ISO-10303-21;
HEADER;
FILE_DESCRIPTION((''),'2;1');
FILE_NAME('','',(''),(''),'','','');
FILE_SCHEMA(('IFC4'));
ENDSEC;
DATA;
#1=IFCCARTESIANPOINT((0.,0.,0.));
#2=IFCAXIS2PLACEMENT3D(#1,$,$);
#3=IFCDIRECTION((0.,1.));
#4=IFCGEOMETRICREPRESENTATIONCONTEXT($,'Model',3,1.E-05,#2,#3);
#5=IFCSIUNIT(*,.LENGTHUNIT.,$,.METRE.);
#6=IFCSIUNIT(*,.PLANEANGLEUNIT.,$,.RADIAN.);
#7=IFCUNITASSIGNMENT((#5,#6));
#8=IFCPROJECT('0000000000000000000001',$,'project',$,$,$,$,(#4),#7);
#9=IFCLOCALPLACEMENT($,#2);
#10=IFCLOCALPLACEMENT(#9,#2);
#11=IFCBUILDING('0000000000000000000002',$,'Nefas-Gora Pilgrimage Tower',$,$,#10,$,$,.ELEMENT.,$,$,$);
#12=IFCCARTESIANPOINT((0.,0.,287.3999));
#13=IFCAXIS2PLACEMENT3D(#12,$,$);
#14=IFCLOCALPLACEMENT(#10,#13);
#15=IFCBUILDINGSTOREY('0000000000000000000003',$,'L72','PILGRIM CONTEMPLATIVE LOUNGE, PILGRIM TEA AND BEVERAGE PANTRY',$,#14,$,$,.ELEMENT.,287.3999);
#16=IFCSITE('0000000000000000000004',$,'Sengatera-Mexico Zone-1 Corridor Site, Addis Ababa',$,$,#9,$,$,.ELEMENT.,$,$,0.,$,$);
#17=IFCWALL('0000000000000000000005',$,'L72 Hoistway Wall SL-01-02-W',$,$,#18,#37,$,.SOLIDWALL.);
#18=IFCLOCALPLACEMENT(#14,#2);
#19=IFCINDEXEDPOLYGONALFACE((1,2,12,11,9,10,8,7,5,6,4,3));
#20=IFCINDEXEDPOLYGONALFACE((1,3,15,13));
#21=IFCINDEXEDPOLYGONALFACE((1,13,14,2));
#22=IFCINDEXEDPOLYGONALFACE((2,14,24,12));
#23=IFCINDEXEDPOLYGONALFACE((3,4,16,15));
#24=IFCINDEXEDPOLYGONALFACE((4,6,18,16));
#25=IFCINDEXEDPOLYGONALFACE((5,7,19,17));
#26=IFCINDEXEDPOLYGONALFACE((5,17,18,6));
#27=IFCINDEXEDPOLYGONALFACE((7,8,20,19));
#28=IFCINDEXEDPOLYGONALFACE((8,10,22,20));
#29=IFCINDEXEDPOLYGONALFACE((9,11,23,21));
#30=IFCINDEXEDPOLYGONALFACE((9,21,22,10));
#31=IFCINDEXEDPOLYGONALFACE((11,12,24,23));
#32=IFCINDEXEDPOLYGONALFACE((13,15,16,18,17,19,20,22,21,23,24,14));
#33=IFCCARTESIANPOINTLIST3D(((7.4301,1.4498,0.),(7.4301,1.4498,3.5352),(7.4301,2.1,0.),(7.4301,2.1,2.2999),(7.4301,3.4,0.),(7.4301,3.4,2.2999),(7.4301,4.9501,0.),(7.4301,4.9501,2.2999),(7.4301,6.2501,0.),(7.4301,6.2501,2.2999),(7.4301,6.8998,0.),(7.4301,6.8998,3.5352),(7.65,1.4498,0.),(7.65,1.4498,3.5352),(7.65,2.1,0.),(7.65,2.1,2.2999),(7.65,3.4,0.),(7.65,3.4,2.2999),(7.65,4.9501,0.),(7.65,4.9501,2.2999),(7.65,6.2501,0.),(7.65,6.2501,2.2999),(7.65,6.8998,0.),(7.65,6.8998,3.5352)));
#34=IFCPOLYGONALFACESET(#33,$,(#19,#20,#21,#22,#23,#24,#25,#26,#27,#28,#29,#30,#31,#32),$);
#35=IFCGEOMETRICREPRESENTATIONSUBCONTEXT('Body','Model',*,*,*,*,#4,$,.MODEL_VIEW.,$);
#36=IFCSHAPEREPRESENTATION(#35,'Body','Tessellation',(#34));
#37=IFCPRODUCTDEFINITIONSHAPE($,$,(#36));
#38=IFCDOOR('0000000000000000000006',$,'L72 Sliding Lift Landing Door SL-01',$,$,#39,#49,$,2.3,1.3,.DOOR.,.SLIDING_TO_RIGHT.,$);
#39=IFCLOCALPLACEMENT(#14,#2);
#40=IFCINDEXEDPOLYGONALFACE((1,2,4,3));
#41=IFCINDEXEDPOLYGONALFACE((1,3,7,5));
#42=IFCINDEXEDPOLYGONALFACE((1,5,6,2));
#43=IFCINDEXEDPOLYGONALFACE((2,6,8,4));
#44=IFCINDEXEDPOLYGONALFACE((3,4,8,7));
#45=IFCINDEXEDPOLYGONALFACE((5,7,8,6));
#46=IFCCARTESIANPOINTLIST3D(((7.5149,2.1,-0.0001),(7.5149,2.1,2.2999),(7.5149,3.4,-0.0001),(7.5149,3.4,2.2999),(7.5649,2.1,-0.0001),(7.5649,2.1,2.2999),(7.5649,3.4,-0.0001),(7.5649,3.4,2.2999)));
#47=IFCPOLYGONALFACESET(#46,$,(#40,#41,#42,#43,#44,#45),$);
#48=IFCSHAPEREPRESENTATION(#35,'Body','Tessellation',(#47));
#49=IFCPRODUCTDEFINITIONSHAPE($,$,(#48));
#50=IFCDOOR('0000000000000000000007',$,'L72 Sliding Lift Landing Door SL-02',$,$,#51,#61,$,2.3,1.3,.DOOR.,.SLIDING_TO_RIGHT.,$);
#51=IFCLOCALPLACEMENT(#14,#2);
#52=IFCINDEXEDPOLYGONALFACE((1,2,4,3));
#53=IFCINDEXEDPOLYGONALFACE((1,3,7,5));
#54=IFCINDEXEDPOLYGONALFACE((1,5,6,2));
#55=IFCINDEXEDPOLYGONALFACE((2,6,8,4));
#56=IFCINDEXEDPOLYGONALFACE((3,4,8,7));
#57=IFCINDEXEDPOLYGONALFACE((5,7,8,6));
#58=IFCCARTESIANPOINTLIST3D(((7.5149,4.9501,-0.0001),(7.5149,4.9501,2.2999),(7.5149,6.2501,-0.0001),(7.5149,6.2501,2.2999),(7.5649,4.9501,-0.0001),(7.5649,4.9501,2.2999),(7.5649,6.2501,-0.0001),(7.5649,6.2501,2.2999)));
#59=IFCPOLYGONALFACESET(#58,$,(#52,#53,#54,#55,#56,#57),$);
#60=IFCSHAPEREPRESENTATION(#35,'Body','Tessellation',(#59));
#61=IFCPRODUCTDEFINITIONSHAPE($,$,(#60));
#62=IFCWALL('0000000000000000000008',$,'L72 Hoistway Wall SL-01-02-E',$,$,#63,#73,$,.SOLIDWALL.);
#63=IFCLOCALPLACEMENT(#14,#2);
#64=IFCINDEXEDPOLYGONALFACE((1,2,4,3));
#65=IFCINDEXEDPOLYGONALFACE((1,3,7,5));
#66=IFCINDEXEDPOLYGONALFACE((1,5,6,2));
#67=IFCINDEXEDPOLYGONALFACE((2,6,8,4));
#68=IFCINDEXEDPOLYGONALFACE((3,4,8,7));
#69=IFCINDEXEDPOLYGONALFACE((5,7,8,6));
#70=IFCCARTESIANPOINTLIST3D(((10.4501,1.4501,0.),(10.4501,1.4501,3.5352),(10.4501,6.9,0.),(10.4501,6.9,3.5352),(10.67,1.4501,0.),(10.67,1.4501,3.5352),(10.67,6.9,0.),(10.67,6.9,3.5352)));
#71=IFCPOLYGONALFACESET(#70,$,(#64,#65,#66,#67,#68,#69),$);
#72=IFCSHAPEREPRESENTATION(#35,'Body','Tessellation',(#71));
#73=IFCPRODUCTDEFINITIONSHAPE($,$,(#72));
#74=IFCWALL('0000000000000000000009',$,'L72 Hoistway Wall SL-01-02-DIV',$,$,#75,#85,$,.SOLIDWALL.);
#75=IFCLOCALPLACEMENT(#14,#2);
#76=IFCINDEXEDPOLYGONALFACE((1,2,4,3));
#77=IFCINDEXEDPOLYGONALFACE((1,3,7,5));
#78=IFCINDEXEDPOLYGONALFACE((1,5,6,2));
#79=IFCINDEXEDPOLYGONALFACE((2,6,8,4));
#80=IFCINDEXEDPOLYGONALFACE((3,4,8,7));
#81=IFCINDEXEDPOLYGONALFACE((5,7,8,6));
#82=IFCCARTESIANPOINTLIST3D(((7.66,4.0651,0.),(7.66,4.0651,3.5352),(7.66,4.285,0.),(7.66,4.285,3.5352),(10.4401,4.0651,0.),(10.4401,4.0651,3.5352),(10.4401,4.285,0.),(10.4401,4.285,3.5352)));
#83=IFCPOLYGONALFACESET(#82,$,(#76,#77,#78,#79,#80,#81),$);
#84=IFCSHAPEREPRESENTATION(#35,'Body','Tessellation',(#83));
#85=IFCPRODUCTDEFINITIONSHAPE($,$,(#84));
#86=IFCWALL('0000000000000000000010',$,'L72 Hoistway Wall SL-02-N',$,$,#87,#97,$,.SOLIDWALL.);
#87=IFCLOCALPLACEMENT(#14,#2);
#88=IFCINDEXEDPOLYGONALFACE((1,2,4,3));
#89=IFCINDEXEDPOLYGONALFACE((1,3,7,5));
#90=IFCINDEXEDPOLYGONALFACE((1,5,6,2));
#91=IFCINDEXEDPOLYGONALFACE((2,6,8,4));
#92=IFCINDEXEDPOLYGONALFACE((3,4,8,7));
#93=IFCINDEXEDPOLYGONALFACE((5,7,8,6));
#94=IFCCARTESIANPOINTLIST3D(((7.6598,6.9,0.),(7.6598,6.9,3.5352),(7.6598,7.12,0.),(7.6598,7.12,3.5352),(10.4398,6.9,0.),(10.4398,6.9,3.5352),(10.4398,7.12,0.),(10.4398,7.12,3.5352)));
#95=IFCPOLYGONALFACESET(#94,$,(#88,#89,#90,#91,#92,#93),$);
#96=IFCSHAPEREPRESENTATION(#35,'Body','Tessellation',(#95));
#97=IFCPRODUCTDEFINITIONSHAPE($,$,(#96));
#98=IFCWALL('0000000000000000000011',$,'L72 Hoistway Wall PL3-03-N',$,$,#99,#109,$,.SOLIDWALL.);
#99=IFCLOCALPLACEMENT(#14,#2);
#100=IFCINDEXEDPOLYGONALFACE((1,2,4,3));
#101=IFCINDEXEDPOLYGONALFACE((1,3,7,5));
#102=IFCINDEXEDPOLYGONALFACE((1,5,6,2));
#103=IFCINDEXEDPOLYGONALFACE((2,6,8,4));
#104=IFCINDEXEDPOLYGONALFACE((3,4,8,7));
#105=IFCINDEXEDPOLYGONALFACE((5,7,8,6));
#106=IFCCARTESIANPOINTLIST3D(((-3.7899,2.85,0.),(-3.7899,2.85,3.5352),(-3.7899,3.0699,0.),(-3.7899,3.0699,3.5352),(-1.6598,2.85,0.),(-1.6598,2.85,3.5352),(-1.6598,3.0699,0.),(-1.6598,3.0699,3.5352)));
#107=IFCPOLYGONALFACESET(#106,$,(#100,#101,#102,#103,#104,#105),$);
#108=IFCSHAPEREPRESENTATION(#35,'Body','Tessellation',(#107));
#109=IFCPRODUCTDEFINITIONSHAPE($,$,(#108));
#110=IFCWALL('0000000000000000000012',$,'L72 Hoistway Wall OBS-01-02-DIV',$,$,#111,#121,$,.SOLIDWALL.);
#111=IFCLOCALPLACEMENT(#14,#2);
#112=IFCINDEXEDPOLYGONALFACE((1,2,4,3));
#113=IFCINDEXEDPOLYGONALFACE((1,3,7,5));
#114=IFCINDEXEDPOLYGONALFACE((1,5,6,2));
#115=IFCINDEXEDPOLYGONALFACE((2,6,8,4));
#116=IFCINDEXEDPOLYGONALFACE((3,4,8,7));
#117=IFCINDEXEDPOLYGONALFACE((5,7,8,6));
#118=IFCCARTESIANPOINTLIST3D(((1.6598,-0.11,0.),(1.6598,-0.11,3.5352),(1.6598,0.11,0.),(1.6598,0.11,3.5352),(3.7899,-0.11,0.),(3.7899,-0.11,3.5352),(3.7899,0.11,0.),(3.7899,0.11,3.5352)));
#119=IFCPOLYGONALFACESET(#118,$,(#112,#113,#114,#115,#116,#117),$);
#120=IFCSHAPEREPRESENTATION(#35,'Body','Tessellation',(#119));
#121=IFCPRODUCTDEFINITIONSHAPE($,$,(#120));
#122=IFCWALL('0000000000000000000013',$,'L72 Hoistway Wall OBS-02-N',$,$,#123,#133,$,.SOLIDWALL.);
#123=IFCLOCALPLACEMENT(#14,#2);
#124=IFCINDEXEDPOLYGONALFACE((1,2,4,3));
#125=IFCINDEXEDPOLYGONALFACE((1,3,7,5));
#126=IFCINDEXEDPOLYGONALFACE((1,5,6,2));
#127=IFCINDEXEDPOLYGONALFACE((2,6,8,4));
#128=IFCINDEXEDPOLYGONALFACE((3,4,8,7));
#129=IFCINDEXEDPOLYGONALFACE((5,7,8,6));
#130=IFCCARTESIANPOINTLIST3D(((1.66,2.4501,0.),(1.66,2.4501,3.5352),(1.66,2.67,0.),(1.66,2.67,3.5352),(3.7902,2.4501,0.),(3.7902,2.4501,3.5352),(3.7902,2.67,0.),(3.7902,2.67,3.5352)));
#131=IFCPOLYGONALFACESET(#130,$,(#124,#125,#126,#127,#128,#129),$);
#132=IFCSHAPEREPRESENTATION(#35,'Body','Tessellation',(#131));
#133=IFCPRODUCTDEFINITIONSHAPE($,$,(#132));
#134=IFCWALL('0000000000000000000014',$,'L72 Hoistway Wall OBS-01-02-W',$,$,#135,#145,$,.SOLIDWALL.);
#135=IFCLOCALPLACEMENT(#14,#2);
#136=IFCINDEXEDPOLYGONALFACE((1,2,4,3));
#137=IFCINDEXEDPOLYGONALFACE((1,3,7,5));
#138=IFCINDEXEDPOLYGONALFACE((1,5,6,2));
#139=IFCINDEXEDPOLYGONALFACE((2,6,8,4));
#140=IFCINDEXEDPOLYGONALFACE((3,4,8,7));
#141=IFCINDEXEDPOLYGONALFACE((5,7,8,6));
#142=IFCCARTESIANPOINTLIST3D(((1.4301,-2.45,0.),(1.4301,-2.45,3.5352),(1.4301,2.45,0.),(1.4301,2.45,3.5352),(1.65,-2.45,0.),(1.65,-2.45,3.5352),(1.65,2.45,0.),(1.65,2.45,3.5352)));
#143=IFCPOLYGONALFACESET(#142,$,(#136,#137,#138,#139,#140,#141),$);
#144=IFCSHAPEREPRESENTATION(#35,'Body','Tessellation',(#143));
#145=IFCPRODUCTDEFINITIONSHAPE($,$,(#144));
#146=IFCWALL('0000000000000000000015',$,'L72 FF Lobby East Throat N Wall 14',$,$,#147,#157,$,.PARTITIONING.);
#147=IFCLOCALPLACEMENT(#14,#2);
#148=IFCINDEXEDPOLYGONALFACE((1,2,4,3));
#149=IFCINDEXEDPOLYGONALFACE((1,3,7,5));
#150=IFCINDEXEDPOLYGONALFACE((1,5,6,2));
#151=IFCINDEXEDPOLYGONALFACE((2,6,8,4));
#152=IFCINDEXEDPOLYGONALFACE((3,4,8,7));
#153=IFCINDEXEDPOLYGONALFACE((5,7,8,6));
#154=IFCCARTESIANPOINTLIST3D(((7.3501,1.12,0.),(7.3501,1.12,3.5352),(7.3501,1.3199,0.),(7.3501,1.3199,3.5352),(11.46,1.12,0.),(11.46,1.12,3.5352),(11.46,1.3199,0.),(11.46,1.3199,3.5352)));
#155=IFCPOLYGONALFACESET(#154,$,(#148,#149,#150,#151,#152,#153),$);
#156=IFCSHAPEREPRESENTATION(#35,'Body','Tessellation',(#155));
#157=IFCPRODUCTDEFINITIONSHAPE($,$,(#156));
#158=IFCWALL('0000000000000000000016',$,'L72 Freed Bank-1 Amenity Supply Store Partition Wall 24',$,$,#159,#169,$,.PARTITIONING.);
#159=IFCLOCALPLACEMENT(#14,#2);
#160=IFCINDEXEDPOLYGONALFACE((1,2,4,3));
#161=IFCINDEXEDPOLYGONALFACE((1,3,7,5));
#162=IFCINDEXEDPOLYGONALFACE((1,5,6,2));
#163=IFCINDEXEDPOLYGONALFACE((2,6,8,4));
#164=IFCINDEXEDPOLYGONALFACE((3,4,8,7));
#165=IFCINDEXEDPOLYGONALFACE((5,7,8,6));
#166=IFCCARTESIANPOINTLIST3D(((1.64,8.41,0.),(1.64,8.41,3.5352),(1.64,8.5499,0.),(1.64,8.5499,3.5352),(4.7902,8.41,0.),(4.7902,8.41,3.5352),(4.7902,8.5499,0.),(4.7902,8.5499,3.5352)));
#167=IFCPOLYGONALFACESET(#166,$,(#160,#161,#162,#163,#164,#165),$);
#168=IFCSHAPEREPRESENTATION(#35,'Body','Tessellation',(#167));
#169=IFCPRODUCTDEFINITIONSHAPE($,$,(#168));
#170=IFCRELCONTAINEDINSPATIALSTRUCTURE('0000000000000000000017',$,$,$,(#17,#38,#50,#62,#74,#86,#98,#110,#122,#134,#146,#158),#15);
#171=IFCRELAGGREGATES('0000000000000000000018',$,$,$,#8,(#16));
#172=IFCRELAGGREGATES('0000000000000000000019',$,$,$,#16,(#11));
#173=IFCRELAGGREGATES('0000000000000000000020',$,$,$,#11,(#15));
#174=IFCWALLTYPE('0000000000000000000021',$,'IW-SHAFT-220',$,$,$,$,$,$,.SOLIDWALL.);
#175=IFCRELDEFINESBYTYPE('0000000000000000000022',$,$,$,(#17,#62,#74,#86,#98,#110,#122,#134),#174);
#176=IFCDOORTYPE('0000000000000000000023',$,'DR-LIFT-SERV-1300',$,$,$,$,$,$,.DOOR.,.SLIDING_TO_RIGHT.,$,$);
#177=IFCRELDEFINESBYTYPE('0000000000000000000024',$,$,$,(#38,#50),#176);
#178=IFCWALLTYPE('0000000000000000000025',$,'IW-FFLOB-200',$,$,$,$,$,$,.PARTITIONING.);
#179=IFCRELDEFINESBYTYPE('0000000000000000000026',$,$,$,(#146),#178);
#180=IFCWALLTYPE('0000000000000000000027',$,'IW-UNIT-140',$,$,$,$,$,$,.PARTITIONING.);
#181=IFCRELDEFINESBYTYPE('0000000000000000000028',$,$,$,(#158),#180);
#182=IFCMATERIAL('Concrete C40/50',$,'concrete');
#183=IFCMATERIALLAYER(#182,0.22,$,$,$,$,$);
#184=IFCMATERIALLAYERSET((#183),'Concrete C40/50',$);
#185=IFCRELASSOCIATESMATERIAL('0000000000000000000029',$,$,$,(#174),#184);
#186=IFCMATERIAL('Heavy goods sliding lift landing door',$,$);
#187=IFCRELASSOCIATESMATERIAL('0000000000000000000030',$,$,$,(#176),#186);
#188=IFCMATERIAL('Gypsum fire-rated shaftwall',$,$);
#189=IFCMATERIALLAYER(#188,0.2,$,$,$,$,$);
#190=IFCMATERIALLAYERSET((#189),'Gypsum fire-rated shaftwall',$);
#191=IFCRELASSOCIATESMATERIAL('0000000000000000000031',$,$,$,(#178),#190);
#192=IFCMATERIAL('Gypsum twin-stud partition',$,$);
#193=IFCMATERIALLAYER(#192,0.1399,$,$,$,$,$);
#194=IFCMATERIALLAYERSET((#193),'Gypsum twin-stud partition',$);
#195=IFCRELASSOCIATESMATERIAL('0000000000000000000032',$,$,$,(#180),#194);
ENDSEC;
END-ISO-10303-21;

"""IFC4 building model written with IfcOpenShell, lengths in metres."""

from ifc_helpers import new_model, si_unit, direction, frame, frame_2d, origin, place, context, subcontext, project, spatial, rectangle, extrude, source, transform, mapped, material, layer, layer_set, type_object, element, fill, save


model = new_model("IFC4")

# Units and contexts
model_context = context("Model", 3, precision=1e-05, world=origin(), true_north=direction((0.0, 1.0)))
body_context = subcontext(model_context, "Body", "Model", "MODEL_VIEW")
ifc_project = project(units=[si_unit("LENGTHUNIT", "METRE"), si_unit("PLANEANGLEUNIT", "RADIAN")], contexts=[model_context])

# Site, building, storey
site_placement = place(None, origin())
site = spatial("IfcSite", under=ifc_project, at=site_placement, Name="Sengatera-Mexico Zone-1 Corridor Site, Addis Ababa", CompositionType="ELEMENT", RefElevation=0.0)
building_placement = place(site_placement, origin())
building = spatial("IfcBuilding", under=site, at=building_placement, Name="Nefas-Gora Pilgrimage Tower", CompositionType="ELEMENT")
storey_placement = place(building_placement, frame((0.0, 0.0, 287.3999)))
storey = spatial("IfcBuildingStorey", under=building, at=storey_placement, Name="L72", Description="PILGRIM CONTEMPLATIVE LOUNGE, PILGRIM TEA AND BEVERAGE PANTRY", CompositionType="ELEMENT", Elevation=287.3999)

# Shared definitions
ifc_material_1 = material(Name="Concrete C40/50", Category="concrete")

# Wall, openings, doors
ifc_layer_1 = layer(ifc_material_1, 0.22)
ifc_layer_set_1 = layer_set([ifc_layer_1], Name="Concrete C40/50")
wall_type_1 = type_object("IfcWallType", Name="IW-SHAFT-220", PredefinedType="SOLIDWALL", material=ifc_layer_set_1)
shared_shape_1 = source(origin(), body_context, "Body", "SweptSolid", [
    extrude(rectangle(XDim=5.45, YDim=0.22, at=frame_2d((2.7251, 0.0))), origin(), (0.0, 0.0, 1.0), 3.5352),
])
wall_1_placement = place(storey_placement, frame((7.54, 6.8999, 0.0), z_axis=(0.0, 0.0, 1.0), x_axis=(0.0, -1.0, 0.0)))
wall_1 = element("IfcWall", 1, at=wall_1_placement, inside=storey, type_object=wall_type_1, Name="L72 Hoistway Wall SL-01-02-W", PredefinedType="SOLIDWALL", context=body_context, shape_type="MappedRepresentation", body=[
    mapped(shared_shape_1, transform((0.0, 0.0, 0.0), x_axis=(1.0, 0.0, 0.0), y_axis=(0.0, 1.0, 0.0), z_axis=(0.0, 0.0, 1.0), scale=1.0)),
])
opening_1_placement = place(wall_1_placement, frame((3.5, 0.0, 0.0)))
opening_1 = element("IfcOpeningElement", 2, at=opening_1_placement, cuts=wall_1, PredefinedType="OPENING", context=body_context, shape_type="SweptSolid", body=[
    extrude(rectangle(XDim=1.3, YDim=2.3, at=frame_2d((0.6499, 1.1499))), frame((0.0, 0.1199, 0.0), z_axis=(0.0, -1.0, 0.0), x_axis=(1.0, 0.0, 0.0)), (0.0, 0.0, 1.0), 0.24),
])
opening_2_placement = place(wall_1_placement, frame((0.6499, 0.0, 0.0)))
opening_2 = element("IfcOpeningElement", 3, at=opening_2_placement, cuts=wall_1, PredefinedType="OPENING", context=body_context, shape_type="SweptSolid", body=[
    extrude(rectangle(XDim=1.3, YDim=2.3, at=frame_2d((0.6499, 1.1499))), frame((0.0, 0.1199, 0.0), z_axis=(0.0, -1.0, 0.0), x_axis=(1.0, 0.0, 0.0)), (0.0, 0.0, 1.0), 0.24),
])
ifc_material_2 = material(Name="Heavy goods sliding lift landing door")
door_type_1 = type_object("IfcDoorType", Name="DR-LIFT-SERV-1300", OperationType="SLIDING_TO_RIGHT", PredefinedType="DOOR", material=ifc_material_2)
shared_shape_2 = source(origin(), body_context, "Body", "SweptSolid", [
    extrude(rectangle(XDim=1.3, YDim=2.3, at=frame_2d((0.6499, 1.1499))), frame((0.0, 0.0249, 0.0), z_axis=(0.0, -1.0, 0.0), x_axis=(1.0, 0.0, 0.0)), (0.0, 0.0, 1.0), 0.05),
])
door_1_placement = place(opening_1_placement, origin())
door_1 = element("IfcDoor", 4, at=door_1_placement, inside=storey, type_object=door_type_1, Name="L72 Sliding Lift Landing Door SL-01", OperationType="SLIDING_TO_RIGHT", OverallHeight=2.3, OverallWidth=1.3, PredefinedType="DOOR", context=body_context, shape_type="MappedRepresentation", body=[
    mapped(shared_shape_2, transform((0.0, 0.0, 0.0), x_axis=(1.0, 0.0, 0.0), y_axis=(0.0, 1.0, 0.0), z_axis=(0.0, 0.0, 1.0), scale=1.0)),
])
fill(opening_1, door_1)
door_2_placement = place(opening_2_placement, origin())
door_2 = element("IfcDoor", 5, at=door_2_placement, inside=storey, type_object=door_type_1, Name="L72 Sliding Lift Landing Door SL-02", OperationType="SLIDING_TO_RIGHT", OverallHeight=2.3, OverallWidth=1.3, PredefinedType="DOOR", context=body_context, shape_type="MappedRepresentation", body=[
    mapped(shared_shape_2, transform((0.0, 0.0, 0.0), x_axis=(1.0, 0.0, 0.0), y_axis=(0.0, 1.0, 0.0), z_axis=(0.0, 0.0, 1.0), scale=1.0)),
])
fill(opening_2, door_2)

# Walls
wall_2_placement = place(storey_placement, frame((10.5601, 1.45, 0.0), z_axis=(0.0, 0.0, 1.0), x_axis=(0.0, 1.0, 0.0)))
element("IfcWall", 6, at=wall_2_placement, inside=storey, type_object=wall_type_1, Name="L72 Hoistway Wall SL-01-02-E", PredefinedType="SOLIDWALL", context=body_context, shape_type="MappedRepresentation", body=[
    mapped(shared_shape_1, transform((0.0, 0.0, 0.0), x_axis=(1.0, 0.0, 0.0), y_axis=(0.0, 1.0, 0.0), z_axis=(0.0, 0.0, 1.0), scale=1.0)),
])
shared_shape_3 = source(origin(), body_context, "Body", "SweptSolid", [
    extrude(rectangle(XDim=2.78, YDim=0.22, at=frame_2d((1.3901, 0.0))), origin(), (0.0, 0.0, 1.0), 3.5352),
])
for number, where, z_axis, x_axis, name in (
    (7, (7.6599, 4.175, 0.0), (0.0, 0.0, 1.0), (1.0, 0.0, 0.0), "L72 Hoistway Wall SL-01-02-DIV"),
    (8, (10.4399, 7.01, 0.0), (0.0, 0.0, 1.0), (-1.0, 0.0, 0.0), "L72 Hoistway Wall SL-02-N"),
):
    element("IfcWall", number, at=place(storey_placement, frame(where, z_axis=z_axis, x_axis=x_axis)), inside=storey, type_object=wall_type_1, Name=name, PredefinedType="SOLIDWALL", context=body_context, shape_type="MappedRepresentation", body=[
        mapped(shared_shape_3, transform((0.0, 0.0, 0.0), x_axis=(1.0, 0.0, 0.0), y_axis=(0.0, 1.0, 0.0), z_axis=(0.0, 0.0, 1.0), scale=1.0)),
    ])
shared_shape_4 = source(origin(), body_context, "Body", "SweptSolid", [
    extrude(rectangle(XDim=2.1301, YDim=0.22, at=frame_2d((1.0649, 0.0))), origin(), (0.0, 0.0, 1.0), 3.5352),
])
for number, where, z_axis, x_axis, name in (
    (9, (-1.6599, 2.96, 0.0), (0.0, 0.0, 1.0), (-1.0, 0.0, 0.0), "L72 Hoistway Wall PL3-03-N"),
    (10, (1.6599, 0.0, 0.0), (0.0, 0.0, 1.0), (1.0, 0.0, 0.0), "L72 Hoistway Wall OBS-01-02-DIV"),
    (11, (3.79, 2.5601, 0.0), (0.0, 0.0, 1.0), (-1.0, 0.0, 0.0), "L72 Hoistway Wall OBS-02-N"),
):
    element("IfcWall", number, at=place(storey_placement, frame(where, z_axis=z_axis, x_axis=x_axis)), inside=storey, type_object=wall_type_1, Name=name, PredefinedType="SOLIDWALL", context=body_context, shape_type="MappedRepresentation", body=[
        mapped(shared_shape_4, transform((0.0, 0.0, 0.0), x_axis=(1.0, 0.0, 0.0), y_axis=(0.0, 1.0, 0.0), z_axis=(0.0, 0.0, 1.0), scale=1.0)),
    ])
shared_shape_5 = source(origin(), body_context, "Body", "SweptSolid", [
    extrude(rectangle(XDim=4.8999, YDim=0.22, at=frame_2d((2.45, 0.0))), origin(), (0.0, 0.0, 1.0), 3.5352),
])
wall_3_placement = place(storey_placement, frame((1.54, 2.45, 0.0), z_axis=(0.0, 0.0, 1.0), x_axis=(0.0, -1.0, 0.0)))
element("IfcWall", 12, at=wall_3_placement, inside=storey, type_object=wall_type_1, Name="L72 Hoistway Wall OBS-01-02-W", PredefinedType="SOLIDWALL", context=body_context, shape_type="MappedRepresentation", body=[
    mapped(shared_shape_5, transform((0.0, 0.0, 0.0), x_axis=(1.0, 0.0, 0.0), y_axis=(0.0, 1.0, 0.0), z_axis=(0.0, 0.0, 1.0), scale=1.0)),
])

# Shared definitions
ifc_material_3 = material(Name="Gypsum fire-rated shaftwall")
ifc_layer_2 = layer(ifc_material_3, 0.2)
ifc_layer_set_2 = layer_set([ifc_layer_2], Name="Gypsum fire-rated shaftwall")
wall_type_2 = type_object("IfcWallType", Name="IW-FFLOB-200", PredefinedType="PARTITIONING", material=ifc_layer_set_2)

# Walls
shared_shape_6 = source(origin(), body_context, "Body", "SweptSolid", [
    extrude(rectangle(XDim=4.1099, YDim=0.2, at=frame_2d((2.0549, 0.0))), origin(), (0.0, 0.0, 1.0), 3.5352),
])
wall_4_placement = place(storey_placement, frame((7.3501, 1.22, 0.0), z_axis=(0.0, 0.0, 1.0), x_axis=(1.0, 0.0, 0.0)))
element("IfcWall", 13, at=wall_4_placement, inside=storey, type_object=wall_type_2, Name="L72 FF Lobby East Throat N Wall 14", PredefinedType="PARTITIONING", context=body_context, shape_type="MappedRepresentation", body=[
    mapped(shared_shape_6, transform((0.0, 0.0, 0.0), x_axis=(1.0, 0.0, 0.0), y_axis=(0.0, 1.0, 0.0), z_axis=(0.0, 0.0, 1.0), scale=1.0)),
])
ifc_material_4 = material(Name="Gypsum twin-stud partition")
ifc_layer_3 = layer(ifc_material_4, 0.1399)
ifc_layer_set_3 = layer_set([ifc_layer_3], Name="Gypsum twin-stud partition")
wall_type_3 = type_object("IfcWallType", Name="IW-UNIT-140", PredefinedType="PARTITIONING", material=ifc_layer_set_3)
shared_shape_7 = source(origin(), body_context, "Body", "SweptSolid", [
    extrude(rectangle(XDim=3.1501, YDim=0.1399, at=frame_2d((1.5752, 0.0))), origin(), (0.0, 0.0, 1.0), 3.5352),
])
wall_5_placement = place(storey_placement, frame((1.6399, 8.48, 0.0), z_axis=(0.0, 0.0, 1.0), x_axis=(1.0, 0.0, 0.0)))
element("IfcWall", 14, at=wall_5_placement, inside=storey, type_object=wall_type_3, Name="L72 Freed Bank-1 Amenity Supply Store Partition Wall 24", PredefinedType="PARTITIONING", context=body_context, shape_type="MappedRepresentation", body=[
    mapped(shared_shape_7, transform((0.0, 0.0, 0.0), x_axis=(1.0, 0.0, 0.0), y_axis=(0.0, 1.0, 0.0), z_axis=(0.0, 0.0, 1.0), scale=1.0)),
])

save(model, "model.ifc")
